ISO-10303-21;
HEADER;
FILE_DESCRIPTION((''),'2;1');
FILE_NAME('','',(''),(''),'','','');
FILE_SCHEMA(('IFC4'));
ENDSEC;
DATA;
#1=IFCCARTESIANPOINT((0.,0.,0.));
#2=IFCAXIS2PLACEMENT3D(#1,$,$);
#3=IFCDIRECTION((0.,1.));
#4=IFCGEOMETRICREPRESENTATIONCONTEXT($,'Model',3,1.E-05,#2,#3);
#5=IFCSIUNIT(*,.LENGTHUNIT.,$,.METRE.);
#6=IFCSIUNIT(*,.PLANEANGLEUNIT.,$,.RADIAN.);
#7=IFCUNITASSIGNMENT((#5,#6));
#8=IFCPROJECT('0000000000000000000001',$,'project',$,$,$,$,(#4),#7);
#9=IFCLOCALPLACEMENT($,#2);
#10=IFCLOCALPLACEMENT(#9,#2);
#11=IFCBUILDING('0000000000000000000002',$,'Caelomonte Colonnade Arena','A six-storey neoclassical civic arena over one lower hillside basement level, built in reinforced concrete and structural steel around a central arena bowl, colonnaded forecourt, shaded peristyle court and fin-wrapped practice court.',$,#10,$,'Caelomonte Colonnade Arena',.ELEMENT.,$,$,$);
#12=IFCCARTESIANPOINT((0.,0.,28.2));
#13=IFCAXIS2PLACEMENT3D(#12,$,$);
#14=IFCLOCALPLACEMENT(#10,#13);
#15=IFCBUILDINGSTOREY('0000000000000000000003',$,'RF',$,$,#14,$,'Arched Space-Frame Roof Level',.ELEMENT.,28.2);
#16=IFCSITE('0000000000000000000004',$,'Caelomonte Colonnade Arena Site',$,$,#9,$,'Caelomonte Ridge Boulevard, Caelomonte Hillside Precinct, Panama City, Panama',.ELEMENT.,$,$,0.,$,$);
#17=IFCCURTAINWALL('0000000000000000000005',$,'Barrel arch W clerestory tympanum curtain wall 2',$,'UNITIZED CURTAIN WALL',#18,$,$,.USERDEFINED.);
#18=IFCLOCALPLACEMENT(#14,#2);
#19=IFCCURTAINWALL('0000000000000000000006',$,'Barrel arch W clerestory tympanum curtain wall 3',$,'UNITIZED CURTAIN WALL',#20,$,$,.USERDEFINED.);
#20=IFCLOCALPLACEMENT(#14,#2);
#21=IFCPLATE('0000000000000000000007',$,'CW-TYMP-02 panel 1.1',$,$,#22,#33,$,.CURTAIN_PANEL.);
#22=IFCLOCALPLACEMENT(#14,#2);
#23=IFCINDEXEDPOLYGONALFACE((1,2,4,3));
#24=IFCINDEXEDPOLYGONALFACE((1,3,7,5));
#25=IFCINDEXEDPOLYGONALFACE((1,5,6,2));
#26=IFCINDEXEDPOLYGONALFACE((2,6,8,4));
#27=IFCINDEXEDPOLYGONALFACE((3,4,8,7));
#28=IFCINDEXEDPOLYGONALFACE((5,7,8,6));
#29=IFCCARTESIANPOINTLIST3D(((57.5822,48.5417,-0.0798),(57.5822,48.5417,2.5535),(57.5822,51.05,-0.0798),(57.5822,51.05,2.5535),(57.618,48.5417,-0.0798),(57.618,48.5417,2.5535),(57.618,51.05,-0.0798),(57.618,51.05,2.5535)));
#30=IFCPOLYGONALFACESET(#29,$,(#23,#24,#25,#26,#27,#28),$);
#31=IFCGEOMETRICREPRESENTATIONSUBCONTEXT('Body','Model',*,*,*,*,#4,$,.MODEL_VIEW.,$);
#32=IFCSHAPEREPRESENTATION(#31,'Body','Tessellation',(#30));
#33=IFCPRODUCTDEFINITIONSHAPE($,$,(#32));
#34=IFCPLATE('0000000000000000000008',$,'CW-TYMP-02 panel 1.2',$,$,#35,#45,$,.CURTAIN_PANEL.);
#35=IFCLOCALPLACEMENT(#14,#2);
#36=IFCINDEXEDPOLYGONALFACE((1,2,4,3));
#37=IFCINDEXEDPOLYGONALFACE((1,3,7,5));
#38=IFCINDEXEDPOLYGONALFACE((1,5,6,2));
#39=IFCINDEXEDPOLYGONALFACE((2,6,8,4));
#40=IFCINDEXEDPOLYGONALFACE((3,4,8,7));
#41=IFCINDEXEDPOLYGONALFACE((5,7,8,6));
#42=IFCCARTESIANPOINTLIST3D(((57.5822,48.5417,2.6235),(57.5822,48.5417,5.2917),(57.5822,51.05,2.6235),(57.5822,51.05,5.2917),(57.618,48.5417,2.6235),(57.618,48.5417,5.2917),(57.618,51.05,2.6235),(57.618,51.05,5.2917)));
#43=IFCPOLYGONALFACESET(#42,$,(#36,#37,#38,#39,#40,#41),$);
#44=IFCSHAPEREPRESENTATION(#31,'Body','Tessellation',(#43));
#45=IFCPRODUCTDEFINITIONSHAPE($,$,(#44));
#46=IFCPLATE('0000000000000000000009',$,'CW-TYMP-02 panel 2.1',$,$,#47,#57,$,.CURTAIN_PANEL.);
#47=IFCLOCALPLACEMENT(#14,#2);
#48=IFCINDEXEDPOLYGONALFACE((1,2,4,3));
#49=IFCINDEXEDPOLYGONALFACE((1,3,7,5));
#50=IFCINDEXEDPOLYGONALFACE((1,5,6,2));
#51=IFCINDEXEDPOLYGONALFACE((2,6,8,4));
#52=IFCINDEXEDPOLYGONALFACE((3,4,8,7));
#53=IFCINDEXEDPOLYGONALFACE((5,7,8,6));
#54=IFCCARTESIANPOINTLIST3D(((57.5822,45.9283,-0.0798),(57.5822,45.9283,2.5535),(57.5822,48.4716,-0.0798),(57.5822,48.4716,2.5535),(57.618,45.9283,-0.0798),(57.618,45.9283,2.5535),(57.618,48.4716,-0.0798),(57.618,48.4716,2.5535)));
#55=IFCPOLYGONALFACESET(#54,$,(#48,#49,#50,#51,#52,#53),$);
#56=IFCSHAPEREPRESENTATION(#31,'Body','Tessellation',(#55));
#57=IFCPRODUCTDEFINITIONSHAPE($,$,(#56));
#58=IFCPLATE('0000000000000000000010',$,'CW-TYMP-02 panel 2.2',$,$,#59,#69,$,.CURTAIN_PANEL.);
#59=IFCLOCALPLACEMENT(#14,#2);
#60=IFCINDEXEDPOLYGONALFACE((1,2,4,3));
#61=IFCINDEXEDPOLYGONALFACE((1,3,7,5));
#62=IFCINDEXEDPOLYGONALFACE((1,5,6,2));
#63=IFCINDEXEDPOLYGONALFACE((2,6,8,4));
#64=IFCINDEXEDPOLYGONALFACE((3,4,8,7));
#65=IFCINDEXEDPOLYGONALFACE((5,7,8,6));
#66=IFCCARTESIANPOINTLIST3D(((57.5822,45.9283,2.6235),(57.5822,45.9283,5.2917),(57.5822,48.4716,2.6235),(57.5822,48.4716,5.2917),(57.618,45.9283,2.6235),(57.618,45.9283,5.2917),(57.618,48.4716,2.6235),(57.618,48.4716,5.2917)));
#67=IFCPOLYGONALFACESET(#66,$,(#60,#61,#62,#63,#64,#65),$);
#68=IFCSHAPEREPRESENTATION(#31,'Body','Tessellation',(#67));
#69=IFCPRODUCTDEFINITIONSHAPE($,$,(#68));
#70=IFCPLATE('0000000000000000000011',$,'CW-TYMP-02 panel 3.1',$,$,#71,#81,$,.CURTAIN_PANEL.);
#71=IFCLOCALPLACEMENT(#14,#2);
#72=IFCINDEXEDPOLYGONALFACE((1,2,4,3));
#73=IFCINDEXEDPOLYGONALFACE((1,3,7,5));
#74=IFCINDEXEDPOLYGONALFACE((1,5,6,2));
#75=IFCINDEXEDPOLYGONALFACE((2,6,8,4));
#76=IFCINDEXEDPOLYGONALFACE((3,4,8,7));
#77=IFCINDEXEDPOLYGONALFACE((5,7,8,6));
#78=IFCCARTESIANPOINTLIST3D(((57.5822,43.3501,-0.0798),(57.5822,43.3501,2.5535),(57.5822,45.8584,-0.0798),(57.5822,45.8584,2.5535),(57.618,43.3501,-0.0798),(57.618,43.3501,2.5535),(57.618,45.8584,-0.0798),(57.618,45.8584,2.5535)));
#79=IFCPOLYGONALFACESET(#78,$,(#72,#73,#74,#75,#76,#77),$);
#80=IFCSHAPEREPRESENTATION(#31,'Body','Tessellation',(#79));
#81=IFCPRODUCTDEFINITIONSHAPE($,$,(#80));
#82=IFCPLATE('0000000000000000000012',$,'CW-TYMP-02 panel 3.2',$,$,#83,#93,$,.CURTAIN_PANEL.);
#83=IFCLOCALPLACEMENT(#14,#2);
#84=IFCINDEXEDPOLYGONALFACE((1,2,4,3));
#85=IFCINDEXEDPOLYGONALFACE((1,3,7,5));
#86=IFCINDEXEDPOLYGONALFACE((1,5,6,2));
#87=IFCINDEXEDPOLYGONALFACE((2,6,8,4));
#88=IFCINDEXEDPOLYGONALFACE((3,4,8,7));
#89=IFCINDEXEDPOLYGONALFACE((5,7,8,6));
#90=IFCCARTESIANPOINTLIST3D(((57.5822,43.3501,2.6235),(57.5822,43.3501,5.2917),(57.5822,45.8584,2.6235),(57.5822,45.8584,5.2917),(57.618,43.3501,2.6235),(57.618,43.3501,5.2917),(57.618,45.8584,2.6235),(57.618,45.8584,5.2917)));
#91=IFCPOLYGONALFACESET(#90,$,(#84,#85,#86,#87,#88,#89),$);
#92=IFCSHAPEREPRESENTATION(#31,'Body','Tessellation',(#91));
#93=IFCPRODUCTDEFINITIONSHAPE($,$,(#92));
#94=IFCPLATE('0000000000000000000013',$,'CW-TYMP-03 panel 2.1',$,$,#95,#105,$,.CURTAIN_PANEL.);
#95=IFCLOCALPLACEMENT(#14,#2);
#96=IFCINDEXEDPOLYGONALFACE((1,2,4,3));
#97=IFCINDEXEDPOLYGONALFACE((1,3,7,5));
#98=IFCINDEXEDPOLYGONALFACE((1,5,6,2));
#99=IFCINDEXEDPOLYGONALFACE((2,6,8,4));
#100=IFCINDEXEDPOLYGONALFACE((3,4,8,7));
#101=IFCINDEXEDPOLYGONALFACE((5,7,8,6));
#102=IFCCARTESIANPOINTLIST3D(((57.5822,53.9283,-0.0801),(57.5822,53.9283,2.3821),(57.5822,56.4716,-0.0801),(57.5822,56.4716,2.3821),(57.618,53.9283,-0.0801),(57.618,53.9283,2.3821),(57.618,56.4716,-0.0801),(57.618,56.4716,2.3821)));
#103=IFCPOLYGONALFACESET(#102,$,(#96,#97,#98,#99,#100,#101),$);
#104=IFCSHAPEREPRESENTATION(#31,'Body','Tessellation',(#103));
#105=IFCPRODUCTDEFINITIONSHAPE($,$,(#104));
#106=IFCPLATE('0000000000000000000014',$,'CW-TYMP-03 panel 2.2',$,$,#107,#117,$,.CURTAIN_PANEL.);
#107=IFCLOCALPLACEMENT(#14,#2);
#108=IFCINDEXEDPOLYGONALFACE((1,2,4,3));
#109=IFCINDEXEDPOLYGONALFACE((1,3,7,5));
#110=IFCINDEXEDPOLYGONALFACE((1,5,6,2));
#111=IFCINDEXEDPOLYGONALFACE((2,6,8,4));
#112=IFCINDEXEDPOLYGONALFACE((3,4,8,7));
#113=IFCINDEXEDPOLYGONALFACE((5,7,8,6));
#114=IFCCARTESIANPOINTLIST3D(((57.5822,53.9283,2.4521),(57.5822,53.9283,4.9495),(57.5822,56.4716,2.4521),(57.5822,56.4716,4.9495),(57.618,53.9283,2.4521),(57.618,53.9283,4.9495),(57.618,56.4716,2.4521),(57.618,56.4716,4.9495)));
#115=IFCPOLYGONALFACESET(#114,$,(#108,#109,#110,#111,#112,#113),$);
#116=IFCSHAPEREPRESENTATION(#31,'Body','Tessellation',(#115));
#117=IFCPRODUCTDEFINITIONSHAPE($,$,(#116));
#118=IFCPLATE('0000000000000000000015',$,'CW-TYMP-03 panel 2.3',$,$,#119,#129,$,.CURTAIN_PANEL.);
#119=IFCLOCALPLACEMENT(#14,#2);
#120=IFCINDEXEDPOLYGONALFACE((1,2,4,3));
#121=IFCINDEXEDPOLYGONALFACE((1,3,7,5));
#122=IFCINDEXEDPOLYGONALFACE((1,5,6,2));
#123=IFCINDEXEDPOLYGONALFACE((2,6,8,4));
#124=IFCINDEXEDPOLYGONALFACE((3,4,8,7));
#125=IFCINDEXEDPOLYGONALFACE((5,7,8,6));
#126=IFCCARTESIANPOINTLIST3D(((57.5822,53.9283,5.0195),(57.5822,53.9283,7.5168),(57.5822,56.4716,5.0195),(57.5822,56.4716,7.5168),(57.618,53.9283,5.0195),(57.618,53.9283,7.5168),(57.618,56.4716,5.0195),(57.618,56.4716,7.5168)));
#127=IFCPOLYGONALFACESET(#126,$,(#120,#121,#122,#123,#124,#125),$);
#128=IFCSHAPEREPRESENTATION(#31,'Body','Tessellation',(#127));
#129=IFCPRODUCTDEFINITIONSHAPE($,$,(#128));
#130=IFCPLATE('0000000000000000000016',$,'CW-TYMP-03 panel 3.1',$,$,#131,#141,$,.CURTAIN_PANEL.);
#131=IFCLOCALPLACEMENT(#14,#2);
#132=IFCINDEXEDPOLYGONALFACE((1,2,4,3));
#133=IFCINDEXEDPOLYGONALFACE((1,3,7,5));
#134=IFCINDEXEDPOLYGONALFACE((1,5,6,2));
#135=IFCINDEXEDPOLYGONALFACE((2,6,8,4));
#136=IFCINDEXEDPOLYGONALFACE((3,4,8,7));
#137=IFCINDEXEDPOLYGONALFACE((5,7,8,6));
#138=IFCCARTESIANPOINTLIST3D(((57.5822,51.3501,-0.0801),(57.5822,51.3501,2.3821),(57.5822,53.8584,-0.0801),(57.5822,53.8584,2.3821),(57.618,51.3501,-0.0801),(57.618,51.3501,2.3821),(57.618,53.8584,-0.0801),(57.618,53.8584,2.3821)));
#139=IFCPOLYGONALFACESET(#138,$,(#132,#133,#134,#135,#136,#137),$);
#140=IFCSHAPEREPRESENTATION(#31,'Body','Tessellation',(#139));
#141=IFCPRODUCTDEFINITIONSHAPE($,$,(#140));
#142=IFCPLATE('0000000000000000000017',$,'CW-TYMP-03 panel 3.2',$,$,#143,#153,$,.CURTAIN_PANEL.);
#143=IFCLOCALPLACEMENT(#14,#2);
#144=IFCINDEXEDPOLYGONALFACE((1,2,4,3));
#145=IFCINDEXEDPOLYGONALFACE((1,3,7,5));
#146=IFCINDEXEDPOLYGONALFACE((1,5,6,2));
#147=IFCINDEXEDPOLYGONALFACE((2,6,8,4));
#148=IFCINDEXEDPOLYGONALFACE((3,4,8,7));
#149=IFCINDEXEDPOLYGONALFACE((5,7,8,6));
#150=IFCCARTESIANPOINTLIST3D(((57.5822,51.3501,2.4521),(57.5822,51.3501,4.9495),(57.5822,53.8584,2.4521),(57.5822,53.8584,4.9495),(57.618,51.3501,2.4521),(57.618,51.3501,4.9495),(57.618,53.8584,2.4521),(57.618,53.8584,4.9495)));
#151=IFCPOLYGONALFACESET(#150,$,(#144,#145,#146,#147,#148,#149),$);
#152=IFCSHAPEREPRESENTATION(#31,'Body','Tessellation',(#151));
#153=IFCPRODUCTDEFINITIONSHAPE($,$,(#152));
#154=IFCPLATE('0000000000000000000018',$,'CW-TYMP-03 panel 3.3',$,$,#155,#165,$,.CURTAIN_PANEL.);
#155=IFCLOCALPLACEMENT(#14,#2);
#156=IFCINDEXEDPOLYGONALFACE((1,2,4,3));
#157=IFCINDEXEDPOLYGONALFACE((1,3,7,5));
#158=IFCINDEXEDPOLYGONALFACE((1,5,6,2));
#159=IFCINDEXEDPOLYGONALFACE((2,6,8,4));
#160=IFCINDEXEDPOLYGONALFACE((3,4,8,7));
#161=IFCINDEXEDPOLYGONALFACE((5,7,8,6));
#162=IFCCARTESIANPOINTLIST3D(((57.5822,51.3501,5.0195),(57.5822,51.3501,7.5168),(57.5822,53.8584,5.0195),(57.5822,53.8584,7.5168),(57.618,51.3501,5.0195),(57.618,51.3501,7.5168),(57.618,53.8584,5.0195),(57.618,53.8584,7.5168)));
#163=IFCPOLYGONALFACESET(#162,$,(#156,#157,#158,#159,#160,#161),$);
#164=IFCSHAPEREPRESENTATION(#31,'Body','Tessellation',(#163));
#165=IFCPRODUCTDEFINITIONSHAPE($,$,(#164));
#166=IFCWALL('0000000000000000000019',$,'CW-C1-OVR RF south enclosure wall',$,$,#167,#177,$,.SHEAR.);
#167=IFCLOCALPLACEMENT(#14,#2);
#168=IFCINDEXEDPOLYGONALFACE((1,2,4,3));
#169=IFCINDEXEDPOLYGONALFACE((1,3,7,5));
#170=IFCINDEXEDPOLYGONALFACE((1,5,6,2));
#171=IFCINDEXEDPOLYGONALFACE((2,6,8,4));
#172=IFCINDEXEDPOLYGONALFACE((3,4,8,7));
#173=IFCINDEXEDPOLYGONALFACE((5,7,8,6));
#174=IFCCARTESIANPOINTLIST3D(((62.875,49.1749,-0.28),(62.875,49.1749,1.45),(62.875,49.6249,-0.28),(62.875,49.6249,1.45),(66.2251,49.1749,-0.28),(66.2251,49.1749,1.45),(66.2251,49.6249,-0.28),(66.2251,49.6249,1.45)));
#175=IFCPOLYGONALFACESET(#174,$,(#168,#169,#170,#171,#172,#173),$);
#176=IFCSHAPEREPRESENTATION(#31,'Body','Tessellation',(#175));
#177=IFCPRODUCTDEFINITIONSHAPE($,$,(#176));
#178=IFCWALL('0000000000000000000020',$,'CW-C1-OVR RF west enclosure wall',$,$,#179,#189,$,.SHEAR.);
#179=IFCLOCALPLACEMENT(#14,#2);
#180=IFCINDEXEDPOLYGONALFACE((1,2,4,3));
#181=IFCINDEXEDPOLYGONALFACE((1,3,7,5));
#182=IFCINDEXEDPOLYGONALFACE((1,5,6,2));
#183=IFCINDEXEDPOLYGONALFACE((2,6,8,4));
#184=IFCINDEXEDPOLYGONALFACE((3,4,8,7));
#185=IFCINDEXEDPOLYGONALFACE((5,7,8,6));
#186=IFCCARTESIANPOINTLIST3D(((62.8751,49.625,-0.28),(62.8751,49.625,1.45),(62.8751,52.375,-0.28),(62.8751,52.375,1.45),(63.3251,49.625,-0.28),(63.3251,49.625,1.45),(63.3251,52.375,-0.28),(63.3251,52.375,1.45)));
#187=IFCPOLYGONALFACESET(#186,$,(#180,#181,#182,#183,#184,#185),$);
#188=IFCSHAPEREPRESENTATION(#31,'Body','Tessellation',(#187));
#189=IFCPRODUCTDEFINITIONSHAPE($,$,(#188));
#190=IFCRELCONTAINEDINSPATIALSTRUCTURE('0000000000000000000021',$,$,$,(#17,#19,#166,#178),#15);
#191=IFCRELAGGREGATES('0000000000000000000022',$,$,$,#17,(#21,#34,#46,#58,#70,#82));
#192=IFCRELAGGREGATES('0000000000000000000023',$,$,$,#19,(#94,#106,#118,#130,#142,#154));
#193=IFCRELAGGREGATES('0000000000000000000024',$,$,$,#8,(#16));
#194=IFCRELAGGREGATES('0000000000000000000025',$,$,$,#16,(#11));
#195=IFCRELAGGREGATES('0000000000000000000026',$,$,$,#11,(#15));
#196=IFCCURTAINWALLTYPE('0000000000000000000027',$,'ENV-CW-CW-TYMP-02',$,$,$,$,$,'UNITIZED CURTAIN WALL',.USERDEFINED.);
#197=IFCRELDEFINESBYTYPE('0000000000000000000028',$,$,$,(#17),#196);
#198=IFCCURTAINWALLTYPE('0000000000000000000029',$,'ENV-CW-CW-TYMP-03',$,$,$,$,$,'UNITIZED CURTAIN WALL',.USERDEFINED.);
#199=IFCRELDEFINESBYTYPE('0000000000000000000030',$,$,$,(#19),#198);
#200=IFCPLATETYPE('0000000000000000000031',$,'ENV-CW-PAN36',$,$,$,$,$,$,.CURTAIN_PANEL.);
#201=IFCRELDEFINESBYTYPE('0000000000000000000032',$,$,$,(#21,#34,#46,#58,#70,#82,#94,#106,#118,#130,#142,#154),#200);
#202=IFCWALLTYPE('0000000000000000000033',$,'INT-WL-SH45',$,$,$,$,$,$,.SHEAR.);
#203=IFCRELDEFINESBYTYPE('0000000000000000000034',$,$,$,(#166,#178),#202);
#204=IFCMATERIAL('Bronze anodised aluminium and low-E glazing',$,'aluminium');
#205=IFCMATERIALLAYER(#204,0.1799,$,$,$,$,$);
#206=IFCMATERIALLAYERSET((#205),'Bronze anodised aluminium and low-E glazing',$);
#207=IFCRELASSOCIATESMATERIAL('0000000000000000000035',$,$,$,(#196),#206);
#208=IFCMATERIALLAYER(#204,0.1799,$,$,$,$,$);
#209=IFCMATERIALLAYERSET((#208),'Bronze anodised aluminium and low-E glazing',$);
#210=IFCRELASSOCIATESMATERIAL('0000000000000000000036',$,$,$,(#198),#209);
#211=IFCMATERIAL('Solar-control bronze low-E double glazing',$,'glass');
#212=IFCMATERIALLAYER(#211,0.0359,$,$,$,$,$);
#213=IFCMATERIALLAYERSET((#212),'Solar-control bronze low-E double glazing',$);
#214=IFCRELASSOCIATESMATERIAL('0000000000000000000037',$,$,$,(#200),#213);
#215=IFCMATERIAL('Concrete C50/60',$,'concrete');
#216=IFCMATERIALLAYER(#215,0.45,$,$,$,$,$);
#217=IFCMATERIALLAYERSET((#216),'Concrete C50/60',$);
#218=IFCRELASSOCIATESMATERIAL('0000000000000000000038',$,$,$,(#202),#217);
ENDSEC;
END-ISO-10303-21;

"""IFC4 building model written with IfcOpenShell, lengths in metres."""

from ifc_helpers import new_model, si_unit, direction, frame, frame_2d, origin, origin_2d, place, context, subcontext, project, spatial, rectangle, extrude, material, layer, layer_set, type_object, element, aggregate, save


model = new_model("IFC4")

# Units and contexts
model_context = context("Model", 3, precision=1e-05, world=origin(), true_north=direction((0.0, 1.0)))
body_context = subcontext(model_context, "Body", "Model", "MODEL_VIEW")
ifc_project = project(units=[si_unit("LENGTHUNIT", "METRE"), si_unit("PLANEANGLEUNIT", "RADIAN")], contexts=[model_context])

# Site, building, storey
site_placement = place(None, origin())
site = spatial("IfcSite", under=ifc_project, at=site_placement, Name="Caelomonte Colonnade Arena Site", LongName="Caelomonte Ridge Boulevard, Caelomonte Hillside Precinct, Panama City, Panama", CompositionType="ELEMENT", RefElevation=0.0)
building_placement = place(site_placement, origin())
building = spatial("IfcBuilding", under=site, at=building_placement, Name="Caelomonte Colonnade Arena", Description="A six-storey neoclassical civic arena over one lower hillside basement level, built in reinforced concrete and structural steel around a central arena bowl, colonnaded forecourt, shaded peristyle court and fin-wrapped practice court.", LongName="Caelomonte Colonnade Arena", CompositionType="ELEMENT")
storey_placement = place(building_placement, frame((0.0, 0.0, 28.2)))
storey = spatial("IfcBuildingStorey", under=building, at=storey_placement, Name="RF", LongName="Arched Space-Frame Roof Level", CompositionType="ELEMENT", Elevation=28.2)

# Curtain walls
ifc_material_1 = material(Name="Bronze anodised aluminium and low-E glazing", Category="aluminium")
ifc_layer_1 = layer(ifc_material_1, 0.1799)
ifc_layer_set_1 = layer_set([ifc_layer_1], Name="Bronze anodised aluminium and low-E glazing")
curtain_wall_type_1 = type_object("IfcCurtainWallType", Name="ENV-CW-CW-TYMP-02", ElementType="UNITIZED CURTAIN WALL", PredefinedType="USERDEFINED", material=ifc_layer_set_1)
curtain_wall_1_placement = place(storey_placement, origin())
curtain_wall_1 = element("IfcCurtainWall", 1, at=curtain_wall_1_placement, inside=storey, type_object=curtain_wall_type_1, Name="Barrel arch W clerestory tympanum curtain wall 2", ObjectType="UNITIZED CURTAIN WALL", PredefinedType="USERDEFINED")
ifc_layer_2 = layer(ifc_material_1, 0.1799)
ifc_layer_set_2 = layer_set([ifc_layer_2], Name="Bronze anodised aluminium and low-E glazing")
curtain_wall_type_2 = type_object("IfcCurtainWallType", Name="ENV-CW-CW-TYMP-03", ElementType="UNITIZED CURTAIN WALL", PredefinedType="USERDEFINED", material=ifc_layer_set_2)
curtain_wall_2_placement = place(storey_placement, origin())
curtain_wall_2 = element("IfcCurtainWall", 2, at=curtain_wall_2_placement, inside=storey, type_object=curtain_wall_type_2, Name="Barrel arch W clerestory tympanum curtain wall 3", ObjectType="UNITIZED CURTAIN WALL", PredefinedType="USERDEFINED")

# Plates
ifc_material_2 = material(Name="Solar-control bronze low-E double glazing", Category="glass")
ifc_layer_3 = layer(ifc_material_2, 0.0359)
ifc_layer_set_3 = layer_set([ifc_layer_3], Name="Solar-control bronze low-E double glazing")
plate_type = type_object("IfcPlateType", Name="ENV-CW-PAN36", PredefinedType="CURTAIN_PANEL", material=ifc_layer_set_3)
plate_1_placement = place(storey_placement, frame((57.6001, 49.7959, -0.0798), z_axis=(0.0, 0.0, 1.0), x_axis=(0.0, -1.0, 0.0)))
plate_1 = element("IfcPlate", 3, at=plate_1_placement, type_object=plate_type, Name="CW-TYMP-02 panel 1.1", PredefinedType="CURTAIN_PANEL", context=body_context, shape_type="SweptSolid", body=[
    extrude(rectangle(XDim=2.5083, YDim=0.0359, at=origin_2d()), origin(), (0.0, 0.0, 1.0), 2.6333),
])
plate_2_placement = place(storey_placement, frame((57.6001, 49.7959, 2.6235), z_axis=(0.0, 0.0, 1.0), x_axis=(0.0, -1.0, 0.0)))
plate_2 = element("IfcPlate", 4, at=plate_2_placement, type_object=plate_type, Name="CW-TYMP-02 panel 1.2", PredefinedType="CURTAIN_PANEL", context=body_context, shape_type="SweptSolid", body=[
    extrude(rectangle(XDim=2.5083, YDim=0.0359, at=origin_2d()), origin(), (0.0, 0.0, 1.0), 2.6682),
])
plate_3_placement = place(storey_placement, frame((57.6001, 47.2, -0.0798), z_axis=(0.0, 0.0, 1.0), x_axis=(0.0, -1.0, 0.0)))
plate_3 = element("IfcPlate", 5, at=plate_3_placement, type_object=plate_type, Name="CW-TYMP-02 panel 2.1", PredefinedType="CURTAIN_PANEL", context=body_context, shape_type="SweptSolid", body=[
    extrude(rectangle(XDim=2.5432, YDim=0.0359, at=origin_2d()), origin(), (0.0, 0.0, 1.0), 2.6333),
])
plate_4_placement = place(storey_placement, frame((57.6001, 47.2, 2.6235), z_axis=(0.0, 0.0, 1.0), x_axis=(0.0, -1.0, 0.0)))
plate_4 = element("IfcPlate", 6, at=plate_4_placement, type_object=plate_type, Name="CW-TYMP-02 panel 2.2", PredefinedType="CURTAIN_PANEL", context=body_context, shape_type="SweptSolid", body=[
    extrude(rectangle(XDim=2.5432, YDim=0.0359, at=origin_2d()), origin(), (0.0, 0.0, 1.0), 2.6682),
])
plate_5_placement = place(storey_placement, frame((57.6001, 44.6042, -0.0798), z_axis=(0.0, 0.0, 1.0), x_axis=(0.0, -1.0, 0.0)))
plate_5 = element("IfcPlate", 7, at=plate_5_placement, type_object=plate_type, Name="CW-TYMP-02 panel 3.1", PredefinedType="CURTAIN_PANEL", context=body_context, shape_type="SweptSolid", body=[
    extrude(rectangle(XDim=2.5083, YDim=0.0359, at=origin_2d()), origin(), (0.0, 0.0, 1.0), 2.6333),
])
plate_6_placement = place(storey_placement, frame((57.6001, 44.6042, 2.6235), z_axis=(0.0, 0.0, 1.0), x_axis=(0.0, -1.0, 0.0)))
plate_6 = element("IfcPlate", 8, at=plate_6_placement, type_object=plate_type, Name="CW-TYMP-02 panel 3.2", PredefinedType="CURTAIN_PANEL", context=body_context, shape_type="SweptSolid", body=[
    extrude(rectangle(XDim=2.5083, YDim=0.0359, at=origin_2d()), origin(), (0.0, 0.0, 1.0), 2.6682),
])
aggregate(curtain_wall_1, [plate_1, plate_2, plate_3, plate_4, plate_5, plate_6])
plate_7_placement = place(storey_placement, frame((57.6001, 55.2, -0.0801), z_axis=(0.0, 0.0, 1.0), x_axis=(0.0, -1.0, 0.0)))
plate_7 = element("IfcPlate", 9, at=plate_7_placement, type_object=plate_type, Name="CW-TYMP-03 panel 2.1", PredefinedType="CURTAIN_PANEL", context=body_context, shape_type="SweptSolid", body=[
    extrude(rectangle(XDim=2.5432, YDim=0.0359, at=origin_2d()), origin(), (0.0, 0.0, 1.0), 2.4622),
])
plate_8_placement = place(storey_placement, frame((57.6001, 55.2, 2.4521), z_axis=(0.0, 0.0, 1.0), x_axis=(0.0, -1.0, 0.0)))
plate_8 = element("IfcPlate", 10, at=plate_8_placement, type_object=plate_type, Name="CW-TYMP-03 panel 2.2", PredefinedType="CURTAIN_PANEL", context=body_context, shape_type="SweptSolid", body=[
    extrude(rectangle(XDim=2.5432, YDim=0.0359, at=origin_2d()), origin(), (0.0, 0.0, 1.0), 2.4973),
])
plate_9_placement = place(storey_placement, frame((57.6001, 55.2, 5.0195), z_axis=(0.0, 0.0, 1.0), x_axis=(0.0, -1.0, 0.0)))
plate_9 = element("IfcPlate", 11, at=plate_9_placement, type_object=plate_type, Name="CW-TYMP-03 panel 2.3", PredefinedType="CURTAIN_PANEL", context=body_context, shape_type="SweptSolid", body=[
    extrude(rectangle(XDim=2.5432, YDim=0.0359, at=origin_2d()), origin(), (0.0, 0.0, 1.0), 2.4973),
])
plate_10_placement = place(storey_placement, frame((57.6001, 52.6042, -0.0801), z_axis=(0.0, 0.0, 1.0), x_axis=(0.0, -1.0, 0.0)))
plate_10 = element("IfcPlate", 12, at=plate_10_placement, type_object=plate_type, Name="CW-TYMP-03 panel 3.1", PredefinedType="CURTAIN_PANEL", context=body_context, shape_type="SweptSolid", body=[
    extrude(rectangle(XDim=2.5083, YDim=0.0359, at=origin_2d()), origin(), (0.0, 0.0, 1.0), 2.4622),
])
plate_11_placement = place(storey_placement, frame((57.6001, 52.6042, 2.4521), z_axis=(0.0, 0.0, 1.0), x_axis=(0.0, -1.0, 0.0)))
plate_11 = element("IfcPlate", 13, at=plate_11_placement, type_object=plate_type, Name="CW-TYMP-03 panel 3.2", PredefinedType="CURTAIN_PANEL", context=body_context, shape_type="SweptSolid", body=[
    extrude(rectangle(XDim=2.5083, YDim=0.0359, at=origin_2d()), origin(), (0.0, 0.0, 1.0), 2.4973),
])
plate_12_placement = place(storey_placement, frame((57.6001, 52.6042, 5.0195), z_axis=(0.0, 0.0, 1.0), x_axis=(0.0, -1.0, 0.0)))
plate_12 = element("IfcPlate", 14, at=plate_12_placement, type_object=plate_type, Name="CW-TYMP-03 panel 3.3", PredefinedType="CURTAIN_PANEL", context=body_context, shape_type="SweptSolid", body=[
    extrude(rectangle(XDim=2.5083, YDim=0.0359, at=origin_2d()), origin(), (0.0, 0.0, 1.0), 2.4973),
])
aggregate(curtain_wall_2, [plate_7, plate_8, plate_9, plate_10, plate_11, plate_12])

# Walls
ifc_material_3 = material(Name="Concrete C50/60", Category="concrete")
ifc_layer_4 = layer(ifc_material_3, 0.45)
ifc_layer_set_4 = layer_set([ifc_layer_4], Name="Concrete C50/60")
wall_type = type_object("IfcWallType", Name="INT-WL-SH45", PredefinedType="SHEAR", material=ifc_layer_set_4)
wall_1_placement = place(storey_placement, frame((62.875, 49.3999, -0.28), z_axis=(0.0, 0.0, 1.0), x_axis=(1.0, 0.0, 0.0)))
element("IfcWall", 15, at=wall_1_placement, inside=storey, type_object=wall_type, Name="CW-C1-OVR RF south enclosure wall", PredefinedType="SHEAR", context=body_context, shape_type="SweptSolid", body=[
    extrude(rectangle(XDim=3.3501, YDim=0.45, at=frame_2d((1.675, 0.0))), origin(), (0.0, 0.0, 1.0), 1.73),
])
wall_2_placement = place(storey_placement, frame((63.1001, 52.375, -0.28), z_axis=(0.0, 0.0, 1.0), x_axis=(0.0, -1.0, 0.0)))
element("IfcWall", 16, at=wall_2_placement, inside=storey, type_object=wall_type, Name="CW-C1-OVR RF west enclosure wall", PredefinedType="SHEAR", context=body_context, shape_type="SweptSolid", body=[
    extrude(rectangle(XDim=2.75, YDim=0.45, at=frame_2d((1.375, 0.0))), origin(), (0.0, 0.0, 1.0), 1.73),
])

save(model, "model.ifc")
